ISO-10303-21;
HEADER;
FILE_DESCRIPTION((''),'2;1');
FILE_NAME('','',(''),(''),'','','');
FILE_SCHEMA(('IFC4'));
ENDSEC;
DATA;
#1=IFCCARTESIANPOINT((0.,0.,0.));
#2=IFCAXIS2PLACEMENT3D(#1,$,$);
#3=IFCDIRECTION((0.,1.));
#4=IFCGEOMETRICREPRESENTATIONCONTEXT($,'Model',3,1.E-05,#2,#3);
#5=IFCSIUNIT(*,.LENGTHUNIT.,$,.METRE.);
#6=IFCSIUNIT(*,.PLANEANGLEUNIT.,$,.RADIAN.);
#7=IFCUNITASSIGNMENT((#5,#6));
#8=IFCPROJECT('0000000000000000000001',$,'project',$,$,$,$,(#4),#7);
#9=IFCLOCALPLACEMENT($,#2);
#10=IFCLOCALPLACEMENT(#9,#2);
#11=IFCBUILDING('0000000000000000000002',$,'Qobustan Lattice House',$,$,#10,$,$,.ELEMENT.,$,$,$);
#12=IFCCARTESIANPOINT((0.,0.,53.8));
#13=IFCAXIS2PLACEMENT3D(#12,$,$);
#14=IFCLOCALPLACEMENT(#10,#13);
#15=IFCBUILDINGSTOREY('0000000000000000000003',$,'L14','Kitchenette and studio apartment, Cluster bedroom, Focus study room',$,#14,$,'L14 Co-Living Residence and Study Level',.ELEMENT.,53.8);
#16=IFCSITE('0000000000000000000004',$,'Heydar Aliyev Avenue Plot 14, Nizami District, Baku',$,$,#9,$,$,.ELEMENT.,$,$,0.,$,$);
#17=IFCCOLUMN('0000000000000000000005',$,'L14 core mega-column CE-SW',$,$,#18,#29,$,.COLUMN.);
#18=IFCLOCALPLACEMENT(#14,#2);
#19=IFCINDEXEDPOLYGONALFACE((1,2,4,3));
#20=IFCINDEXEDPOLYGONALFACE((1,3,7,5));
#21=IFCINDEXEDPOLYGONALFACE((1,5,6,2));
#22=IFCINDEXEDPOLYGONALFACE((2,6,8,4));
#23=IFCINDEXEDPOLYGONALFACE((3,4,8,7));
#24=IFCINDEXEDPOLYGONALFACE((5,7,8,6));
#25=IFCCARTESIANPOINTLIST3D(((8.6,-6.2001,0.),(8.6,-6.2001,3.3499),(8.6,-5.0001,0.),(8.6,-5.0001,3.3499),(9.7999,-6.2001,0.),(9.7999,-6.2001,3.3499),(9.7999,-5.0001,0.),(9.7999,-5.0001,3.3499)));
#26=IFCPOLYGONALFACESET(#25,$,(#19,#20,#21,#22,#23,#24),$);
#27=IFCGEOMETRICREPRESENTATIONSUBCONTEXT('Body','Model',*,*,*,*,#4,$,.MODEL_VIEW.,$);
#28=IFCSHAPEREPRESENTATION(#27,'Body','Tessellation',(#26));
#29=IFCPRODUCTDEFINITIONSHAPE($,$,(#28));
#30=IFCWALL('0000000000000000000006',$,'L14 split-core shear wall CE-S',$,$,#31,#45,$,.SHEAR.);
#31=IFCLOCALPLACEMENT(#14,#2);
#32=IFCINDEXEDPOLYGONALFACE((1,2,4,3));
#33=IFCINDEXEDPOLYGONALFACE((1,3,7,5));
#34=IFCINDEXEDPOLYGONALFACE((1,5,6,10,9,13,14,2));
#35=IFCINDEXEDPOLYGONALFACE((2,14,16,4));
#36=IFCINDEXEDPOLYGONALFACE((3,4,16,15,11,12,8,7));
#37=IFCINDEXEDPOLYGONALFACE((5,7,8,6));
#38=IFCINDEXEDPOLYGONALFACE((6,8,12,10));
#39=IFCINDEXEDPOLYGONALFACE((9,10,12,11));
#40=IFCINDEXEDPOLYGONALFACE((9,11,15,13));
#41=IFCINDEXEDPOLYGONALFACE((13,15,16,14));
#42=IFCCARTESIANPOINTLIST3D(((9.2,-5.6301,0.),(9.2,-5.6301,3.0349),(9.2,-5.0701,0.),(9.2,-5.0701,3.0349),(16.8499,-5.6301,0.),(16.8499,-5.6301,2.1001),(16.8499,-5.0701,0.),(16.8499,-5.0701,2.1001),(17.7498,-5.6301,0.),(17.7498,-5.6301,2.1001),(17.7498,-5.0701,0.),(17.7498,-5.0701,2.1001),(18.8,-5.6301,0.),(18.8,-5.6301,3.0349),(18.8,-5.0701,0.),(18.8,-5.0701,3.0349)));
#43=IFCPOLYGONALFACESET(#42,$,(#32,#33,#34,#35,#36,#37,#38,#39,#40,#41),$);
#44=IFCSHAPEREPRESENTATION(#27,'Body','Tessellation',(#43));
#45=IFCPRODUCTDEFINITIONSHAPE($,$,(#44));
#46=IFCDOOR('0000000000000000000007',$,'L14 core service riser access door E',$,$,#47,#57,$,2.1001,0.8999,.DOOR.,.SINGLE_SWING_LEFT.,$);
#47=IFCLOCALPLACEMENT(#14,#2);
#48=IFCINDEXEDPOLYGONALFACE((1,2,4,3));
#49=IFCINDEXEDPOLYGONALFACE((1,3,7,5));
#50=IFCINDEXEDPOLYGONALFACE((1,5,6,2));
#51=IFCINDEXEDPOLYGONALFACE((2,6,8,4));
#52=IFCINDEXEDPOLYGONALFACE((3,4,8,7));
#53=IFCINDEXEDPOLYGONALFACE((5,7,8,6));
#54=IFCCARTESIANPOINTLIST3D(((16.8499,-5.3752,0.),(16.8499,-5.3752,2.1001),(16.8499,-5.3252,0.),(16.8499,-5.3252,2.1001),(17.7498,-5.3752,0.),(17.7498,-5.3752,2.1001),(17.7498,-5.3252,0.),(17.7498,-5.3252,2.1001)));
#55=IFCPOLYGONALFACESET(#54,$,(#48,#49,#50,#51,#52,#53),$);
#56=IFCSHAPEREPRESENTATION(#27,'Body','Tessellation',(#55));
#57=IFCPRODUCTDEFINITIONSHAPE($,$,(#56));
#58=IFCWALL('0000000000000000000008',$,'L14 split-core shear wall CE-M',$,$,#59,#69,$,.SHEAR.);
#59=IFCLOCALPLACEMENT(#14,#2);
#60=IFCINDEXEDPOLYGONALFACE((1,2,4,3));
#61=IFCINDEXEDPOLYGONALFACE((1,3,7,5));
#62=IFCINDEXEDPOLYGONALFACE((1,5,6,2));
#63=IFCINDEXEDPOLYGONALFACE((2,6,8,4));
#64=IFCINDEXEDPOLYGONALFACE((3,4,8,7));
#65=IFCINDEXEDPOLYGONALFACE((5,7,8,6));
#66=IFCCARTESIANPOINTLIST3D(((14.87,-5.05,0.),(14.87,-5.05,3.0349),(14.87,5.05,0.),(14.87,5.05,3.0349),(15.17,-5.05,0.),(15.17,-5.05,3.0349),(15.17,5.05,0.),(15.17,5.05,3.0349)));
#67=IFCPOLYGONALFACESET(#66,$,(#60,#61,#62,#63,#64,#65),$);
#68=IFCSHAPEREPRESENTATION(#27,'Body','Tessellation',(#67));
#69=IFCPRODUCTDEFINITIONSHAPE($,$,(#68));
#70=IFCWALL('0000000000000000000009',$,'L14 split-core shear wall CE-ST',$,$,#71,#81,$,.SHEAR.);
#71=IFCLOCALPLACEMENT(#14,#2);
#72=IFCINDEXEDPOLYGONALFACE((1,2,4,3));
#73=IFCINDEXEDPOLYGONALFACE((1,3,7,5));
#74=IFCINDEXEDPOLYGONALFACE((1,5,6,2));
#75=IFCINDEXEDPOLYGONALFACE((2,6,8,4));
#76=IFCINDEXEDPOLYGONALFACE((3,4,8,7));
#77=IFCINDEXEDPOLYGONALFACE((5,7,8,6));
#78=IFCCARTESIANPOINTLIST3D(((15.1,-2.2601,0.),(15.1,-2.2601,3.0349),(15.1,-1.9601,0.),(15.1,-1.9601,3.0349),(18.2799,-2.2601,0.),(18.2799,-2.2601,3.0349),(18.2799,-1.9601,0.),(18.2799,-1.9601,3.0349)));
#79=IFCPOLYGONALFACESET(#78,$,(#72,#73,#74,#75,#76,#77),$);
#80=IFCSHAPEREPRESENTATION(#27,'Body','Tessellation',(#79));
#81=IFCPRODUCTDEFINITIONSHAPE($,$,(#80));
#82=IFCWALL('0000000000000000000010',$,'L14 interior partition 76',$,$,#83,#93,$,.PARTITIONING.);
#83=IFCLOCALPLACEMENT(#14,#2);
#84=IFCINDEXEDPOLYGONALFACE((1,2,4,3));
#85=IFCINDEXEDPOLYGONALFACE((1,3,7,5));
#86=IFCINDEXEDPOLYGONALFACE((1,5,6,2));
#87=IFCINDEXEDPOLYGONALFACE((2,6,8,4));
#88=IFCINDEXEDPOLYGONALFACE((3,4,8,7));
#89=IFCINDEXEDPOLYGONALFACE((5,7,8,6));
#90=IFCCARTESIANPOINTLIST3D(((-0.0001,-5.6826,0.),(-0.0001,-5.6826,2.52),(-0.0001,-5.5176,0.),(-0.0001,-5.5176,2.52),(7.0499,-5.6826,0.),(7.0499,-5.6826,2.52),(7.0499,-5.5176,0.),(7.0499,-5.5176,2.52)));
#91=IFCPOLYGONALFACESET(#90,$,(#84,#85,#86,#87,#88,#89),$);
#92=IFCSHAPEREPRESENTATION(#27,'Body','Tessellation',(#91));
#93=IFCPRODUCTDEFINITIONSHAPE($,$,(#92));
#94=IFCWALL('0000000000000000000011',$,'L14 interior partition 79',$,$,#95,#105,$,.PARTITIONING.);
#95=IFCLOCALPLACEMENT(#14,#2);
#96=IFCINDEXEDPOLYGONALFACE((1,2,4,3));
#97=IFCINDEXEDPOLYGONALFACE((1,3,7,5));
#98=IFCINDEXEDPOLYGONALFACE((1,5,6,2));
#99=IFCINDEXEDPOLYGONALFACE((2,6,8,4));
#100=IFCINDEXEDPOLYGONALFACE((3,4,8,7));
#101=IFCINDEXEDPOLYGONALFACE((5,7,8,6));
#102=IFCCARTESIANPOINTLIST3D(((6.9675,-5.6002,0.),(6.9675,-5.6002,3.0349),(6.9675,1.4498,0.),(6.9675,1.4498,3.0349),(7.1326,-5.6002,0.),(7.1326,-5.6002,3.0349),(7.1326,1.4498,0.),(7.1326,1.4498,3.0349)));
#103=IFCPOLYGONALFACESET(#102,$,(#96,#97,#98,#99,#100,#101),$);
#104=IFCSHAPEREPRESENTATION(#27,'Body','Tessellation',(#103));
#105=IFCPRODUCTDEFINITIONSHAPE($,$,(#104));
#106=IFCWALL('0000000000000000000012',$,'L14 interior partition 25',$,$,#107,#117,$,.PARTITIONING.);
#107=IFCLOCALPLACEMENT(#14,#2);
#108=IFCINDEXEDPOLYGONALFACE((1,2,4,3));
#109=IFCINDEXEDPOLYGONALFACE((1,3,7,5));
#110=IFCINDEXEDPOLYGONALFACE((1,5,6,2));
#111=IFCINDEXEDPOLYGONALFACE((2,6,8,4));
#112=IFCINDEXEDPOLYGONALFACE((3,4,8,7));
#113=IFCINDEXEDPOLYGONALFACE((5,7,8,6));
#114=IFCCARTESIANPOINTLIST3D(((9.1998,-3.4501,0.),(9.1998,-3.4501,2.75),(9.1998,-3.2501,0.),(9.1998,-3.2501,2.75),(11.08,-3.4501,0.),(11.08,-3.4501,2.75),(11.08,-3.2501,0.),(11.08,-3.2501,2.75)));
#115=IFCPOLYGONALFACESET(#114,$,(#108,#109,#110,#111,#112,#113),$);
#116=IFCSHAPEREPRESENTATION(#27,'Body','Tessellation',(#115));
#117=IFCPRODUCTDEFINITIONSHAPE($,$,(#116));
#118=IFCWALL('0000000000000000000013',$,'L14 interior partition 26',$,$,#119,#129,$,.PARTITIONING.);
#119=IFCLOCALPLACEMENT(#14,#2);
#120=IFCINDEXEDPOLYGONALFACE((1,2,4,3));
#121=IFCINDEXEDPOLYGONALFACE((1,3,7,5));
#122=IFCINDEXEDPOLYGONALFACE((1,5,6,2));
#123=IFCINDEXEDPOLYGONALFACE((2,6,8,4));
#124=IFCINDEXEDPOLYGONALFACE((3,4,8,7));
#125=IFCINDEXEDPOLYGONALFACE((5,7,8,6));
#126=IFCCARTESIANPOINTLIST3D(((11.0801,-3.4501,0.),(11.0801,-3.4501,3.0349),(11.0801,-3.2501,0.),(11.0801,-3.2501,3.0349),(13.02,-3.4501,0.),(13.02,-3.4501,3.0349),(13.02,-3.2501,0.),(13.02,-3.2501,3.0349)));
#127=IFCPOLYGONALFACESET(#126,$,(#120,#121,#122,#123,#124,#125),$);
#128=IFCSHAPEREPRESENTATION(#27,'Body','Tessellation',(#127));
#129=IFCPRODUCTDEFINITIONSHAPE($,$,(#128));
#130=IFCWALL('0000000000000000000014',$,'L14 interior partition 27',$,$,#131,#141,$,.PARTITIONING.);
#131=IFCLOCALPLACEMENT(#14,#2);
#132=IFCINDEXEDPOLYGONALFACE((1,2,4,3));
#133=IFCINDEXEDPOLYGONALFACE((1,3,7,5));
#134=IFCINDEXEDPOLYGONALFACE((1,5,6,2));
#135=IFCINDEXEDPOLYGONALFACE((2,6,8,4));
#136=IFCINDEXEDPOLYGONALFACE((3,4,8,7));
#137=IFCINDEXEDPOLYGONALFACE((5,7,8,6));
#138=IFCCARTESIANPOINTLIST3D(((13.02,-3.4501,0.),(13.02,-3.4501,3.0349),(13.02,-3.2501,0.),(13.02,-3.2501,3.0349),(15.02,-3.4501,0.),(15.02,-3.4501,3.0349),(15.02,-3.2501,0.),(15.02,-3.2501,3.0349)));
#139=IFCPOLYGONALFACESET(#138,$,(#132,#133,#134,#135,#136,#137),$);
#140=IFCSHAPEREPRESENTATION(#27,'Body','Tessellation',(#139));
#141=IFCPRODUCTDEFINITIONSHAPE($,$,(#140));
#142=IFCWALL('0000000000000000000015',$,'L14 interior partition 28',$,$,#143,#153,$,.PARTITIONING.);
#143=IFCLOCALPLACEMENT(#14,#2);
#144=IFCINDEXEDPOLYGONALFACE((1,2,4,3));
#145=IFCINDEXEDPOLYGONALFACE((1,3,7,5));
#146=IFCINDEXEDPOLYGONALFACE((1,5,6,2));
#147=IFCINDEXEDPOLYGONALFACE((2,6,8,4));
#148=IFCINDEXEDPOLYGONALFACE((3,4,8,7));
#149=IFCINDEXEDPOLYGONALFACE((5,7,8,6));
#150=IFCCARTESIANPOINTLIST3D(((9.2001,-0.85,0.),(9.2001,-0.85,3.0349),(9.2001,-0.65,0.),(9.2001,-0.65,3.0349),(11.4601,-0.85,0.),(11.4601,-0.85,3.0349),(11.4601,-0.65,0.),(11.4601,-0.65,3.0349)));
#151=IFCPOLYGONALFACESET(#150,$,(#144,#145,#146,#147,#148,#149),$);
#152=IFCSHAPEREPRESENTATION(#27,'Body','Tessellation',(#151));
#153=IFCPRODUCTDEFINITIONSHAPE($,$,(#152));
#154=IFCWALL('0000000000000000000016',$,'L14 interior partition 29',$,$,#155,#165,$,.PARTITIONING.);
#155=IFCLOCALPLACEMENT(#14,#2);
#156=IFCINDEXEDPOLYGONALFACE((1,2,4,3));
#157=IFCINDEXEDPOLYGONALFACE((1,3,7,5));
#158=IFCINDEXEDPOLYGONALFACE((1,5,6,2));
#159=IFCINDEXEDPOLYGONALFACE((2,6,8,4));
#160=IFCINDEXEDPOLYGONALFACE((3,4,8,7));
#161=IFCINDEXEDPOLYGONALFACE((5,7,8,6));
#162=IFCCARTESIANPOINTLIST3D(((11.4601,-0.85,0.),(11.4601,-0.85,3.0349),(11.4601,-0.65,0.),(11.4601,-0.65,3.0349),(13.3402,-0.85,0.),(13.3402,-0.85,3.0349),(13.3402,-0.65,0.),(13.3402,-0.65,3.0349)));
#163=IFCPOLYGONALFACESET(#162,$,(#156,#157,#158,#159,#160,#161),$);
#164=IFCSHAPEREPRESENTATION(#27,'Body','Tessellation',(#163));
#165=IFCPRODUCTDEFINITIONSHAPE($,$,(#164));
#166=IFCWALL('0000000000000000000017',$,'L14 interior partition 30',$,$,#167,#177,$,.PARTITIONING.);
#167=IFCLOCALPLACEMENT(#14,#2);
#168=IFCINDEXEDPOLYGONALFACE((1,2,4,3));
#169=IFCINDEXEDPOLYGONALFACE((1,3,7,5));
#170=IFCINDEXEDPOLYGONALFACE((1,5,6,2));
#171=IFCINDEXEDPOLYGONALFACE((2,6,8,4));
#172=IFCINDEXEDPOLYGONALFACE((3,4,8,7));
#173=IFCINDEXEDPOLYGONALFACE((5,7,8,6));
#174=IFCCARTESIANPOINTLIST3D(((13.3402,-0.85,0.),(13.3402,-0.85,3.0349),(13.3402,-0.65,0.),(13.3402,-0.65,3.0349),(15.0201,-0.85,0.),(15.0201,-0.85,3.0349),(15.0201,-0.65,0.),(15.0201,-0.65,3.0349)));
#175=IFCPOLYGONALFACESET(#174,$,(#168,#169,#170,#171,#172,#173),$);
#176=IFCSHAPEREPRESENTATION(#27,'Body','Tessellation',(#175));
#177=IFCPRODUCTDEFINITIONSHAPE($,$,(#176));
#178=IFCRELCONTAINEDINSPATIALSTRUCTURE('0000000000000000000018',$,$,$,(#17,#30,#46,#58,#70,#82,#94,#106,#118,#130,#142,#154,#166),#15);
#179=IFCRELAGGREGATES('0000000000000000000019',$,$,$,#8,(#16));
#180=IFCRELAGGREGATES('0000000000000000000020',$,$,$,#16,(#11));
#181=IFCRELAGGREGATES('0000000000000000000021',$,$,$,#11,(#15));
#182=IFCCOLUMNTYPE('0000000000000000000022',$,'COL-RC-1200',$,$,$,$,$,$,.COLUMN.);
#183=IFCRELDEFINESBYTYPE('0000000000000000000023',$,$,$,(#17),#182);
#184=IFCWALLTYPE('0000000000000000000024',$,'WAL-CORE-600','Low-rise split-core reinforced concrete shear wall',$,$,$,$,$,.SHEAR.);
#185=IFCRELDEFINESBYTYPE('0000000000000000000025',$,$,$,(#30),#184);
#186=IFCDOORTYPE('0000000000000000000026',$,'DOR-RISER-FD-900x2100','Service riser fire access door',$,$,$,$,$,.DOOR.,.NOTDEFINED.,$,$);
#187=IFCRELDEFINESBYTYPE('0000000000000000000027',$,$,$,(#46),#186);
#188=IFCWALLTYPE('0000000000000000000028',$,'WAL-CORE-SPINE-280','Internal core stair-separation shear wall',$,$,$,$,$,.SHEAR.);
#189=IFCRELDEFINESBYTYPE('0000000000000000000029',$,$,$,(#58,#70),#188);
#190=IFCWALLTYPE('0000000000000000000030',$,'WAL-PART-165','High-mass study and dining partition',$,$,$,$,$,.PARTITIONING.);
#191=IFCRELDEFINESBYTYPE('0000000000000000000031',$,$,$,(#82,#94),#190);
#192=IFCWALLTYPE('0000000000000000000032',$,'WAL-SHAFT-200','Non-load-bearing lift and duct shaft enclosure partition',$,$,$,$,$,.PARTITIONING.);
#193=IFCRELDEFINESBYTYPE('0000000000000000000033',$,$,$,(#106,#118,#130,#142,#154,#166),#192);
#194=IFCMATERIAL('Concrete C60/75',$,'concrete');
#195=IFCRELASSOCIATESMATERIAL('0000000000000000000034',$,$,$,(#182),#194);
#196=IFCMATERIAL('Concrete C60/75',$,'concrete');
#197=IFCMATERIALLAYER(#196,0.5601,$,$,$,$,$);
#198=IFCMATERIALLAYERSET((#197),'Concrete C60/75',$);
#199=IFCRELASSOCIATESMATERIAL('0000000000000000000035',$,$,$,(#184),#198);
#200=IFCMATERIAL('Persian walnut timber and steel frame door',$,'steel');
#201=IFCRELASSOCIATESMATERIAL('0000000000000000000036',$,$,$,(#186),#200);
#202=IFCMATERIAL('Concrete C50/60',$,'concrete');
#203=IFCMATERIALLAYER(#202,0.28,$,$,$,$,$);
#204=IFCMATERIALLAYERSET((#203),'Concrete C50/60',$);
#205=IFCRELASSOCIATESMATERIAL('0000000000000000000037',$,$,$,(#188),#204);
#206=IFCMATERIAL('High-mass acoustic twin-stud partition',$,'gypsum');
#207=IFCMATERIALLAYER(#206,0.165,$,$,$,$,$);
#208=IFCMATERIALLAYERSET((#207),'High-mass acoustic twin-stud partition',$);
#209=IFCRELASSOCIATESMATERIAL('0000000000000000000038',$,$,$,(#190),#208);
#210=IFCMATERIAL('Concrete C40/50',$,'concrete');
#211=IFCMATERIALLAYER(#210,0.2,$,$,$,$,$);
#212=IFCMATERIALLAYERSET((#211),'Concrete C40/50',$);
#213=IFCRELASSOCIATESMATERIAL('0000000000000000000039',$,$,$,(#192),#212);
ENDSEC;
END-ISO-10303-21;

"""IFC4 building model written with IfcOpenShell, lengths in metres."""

from ifc_helpers import new_model, si_unit, direction, frame, frame_2d, origin, origin_2d, place, context, subcontext, project, spatial, rectangle, extrude, material, layer, layer_set, material_profile, profile_set, type_object, element, fill, save


model = new_model("IFC4")

# Units and contexts
model_context = context("Model", 3, precision=1e-05, world=origin(), true_north=direction((0.0, 1.0)))
body_context = subcontext(model_context, "Body", "Model", "MODEL_VIEW")
ifc_project = project(units=[si_unit("LENGTHUNIT", "METRE"), si_unit("PLANEANGLEUNIT", "RADIAN")], contexts=[model_context])

# Site, building, storey
site_placement = place(None, origin())
site = spatial("IfcSite", under=ifc_project, at=site_placement, Name="Heydar Aliyev Avenue Plot 14, Nizami District, Baku", CompositionType="ELEMENT", RefElevation=0.0)
building_placement = place(site_placement, origin())
building = spatial("IfcBuilding", under=site, at=building_placement, Name="Qobustan Lattice House", CompositionType="ELEMENT")
storey_placement = place(building_placement, frame((0.0, 0.0, 53.8)))
storey = spatial("IfcBuildingStorey", under=building, at=storey_placement, Name="L14", Description="Kitchenette and studio apartment, Cluster bedroom, Focus study room", LongName="L14 Co-Living Residence and Study Level", CompositionType="ELEMENT", Elevation=53.8)

# Column
ifc_material_1 = material(Name="Concrete C60/75", Category="concrete")
ifc_material_profile = material_profile(ifc_material_1, rectangle(XDim=1.2, YDim=1.2, at=origin_2d()), Name="RC1200x1200")
ifc_profile_set = profile_set([ifc_material_profile], Name="Concrete C60/75")
column_type = type_object("IfcColumnType", Name="COL-RC-1200", PredefinedType="COLUMN", material=ifc_profile_set)
column_placement = place(storey_placement, frame((9.2, -5.6001, 0.0), z_axis=(0.0, 0.0, 1.0), x_axis=(1.0, 0.0, 0.0)))
element("IfcColumn", 1, at=column_placement, inside=storey, type_object=column_type, Name="L14 core mega-column CE-SW", PredefinedType="COLUMN", context=body_context, shape_type="SweptSolid", body=[
    extrude(rectangle(XDim=1.2, YDim=1.2, at=origin_2d()), origin(), (0.0, 0.0, 1.0), 3.3499),
])

# Wall, opening, door
ifc_material_2 = material(Name="Concrete C60/75", Category="concrete")
ifc_layer_1 = layer(ifc_material_2, 0.5601)
ifc_layer_set_1 = layer_set([ifc_layer_1], Name="Concrete C60/75")
wall_type_1 = type_object("IfcWallType", Name="WAL-CORE-600", Description="Low-rise split-core reinforced concrete shear wall", PredefinedType="SHEAR", material=ifc_layer_set_1)
wall_1_placement = place(storey_placement, frame((9.2, -5.3501, 0.0), z_axis=(0.0, 0.0, 1.0), x_axis=(1.0, 0.0, 0.0)))
wall_1 = element("IfcWall", 2, at=wall_1_placement, inside=storey, type_object=wall_type_1, Name="L14 split-core shear wall CE-S", PredefinedType="SHEAR", context=body_context, shape_type="SweptSolid", body=[
    extrude(rectangle(XDim=9.6001, YDim=0.5601, at=frame_2d((4.8, 0.0))), origin(), (0.0, 0.0, 1.0), 3.0349),
])
opening_1_placement = place(wall_1_placement, frame((7.6499, 0.0, 0.0)))
opening_1 = element("IfcOpeningElement", 3, at=opening_1_placement, cuts=wall_1, PredefinedType="OPENING", context=body_context, shape_type="SweptSolid", body=[
    extrude(rectangle(XDim=0.8999, YDim=2.1001, at=frame_2d((0.45, 1.05))), frame((0.0, 0.29, 0.0), z_axis=(0.0, -1.0, 0.0), x_axis=(1.0, 0.0, 0.0)), (0.0, 0.0, 1.0), 0.5801),
])
ifc_material_3 = material(Name="Persian walnut timber and steel frame door", Category="steel")
door_type_1 = type_object("IfcDoorType", Name="DOR-RISER-FD-900x2100", Description="Service riser fire access door", OperationType="NOTDEFINED", PredefinedType="DOOR", material=ifc_material_3)
door_1_placement = place(opening_1_placement, origin())
door_1 = element("IfcDoor", 4, at=door_1_placement, inside=storey, type_object=door_type_1, Name="L14 core service riser access door E", OperationType="SINGLE_SWING_LEFT", OverallHeight=2.1001, OverallWidth=0.8999, PredefinedType="DOOR", context=body_context, shape_type="SweptSolid", body=[
    extrude(rectangle(XDim=0.8999, YDim=2.1001, at=frame_2d((0.45, 1.05))), frame((0.0, 0.0249, 0.0), z_axis=(0.0, -1.0, 0.0), x_axis=(1.0, 0.0, 0.0)), (0.0, 0.0, 1.0), 0.05),
])
fill(opening_1, door_1)

# Walls
ifc_material_4 = material(Name="Concrete C50/60", Category="concrete")
ifc_layer_2 = layer(ifc_material_4, 0.28)
ifc_layer_set_2 = layer_set([ifc_layer_2], Name="Concrete C50/60")
wall_type_2 = type_object("IfcWallType", Name="WAL-CORE-SPINE-280", Description="Internal core stair-separation shear wall", PredefinedType="SHEAR", material=ifc_layer_set_2)
wall_2_placement = place(storey_placement, frame((15.02, -5.05, 0.0), z_axis=(0.0, 0.0, 1.0), x_axis=(0.0, 1.0, 0.0)))
element("IfcWall", 5, at=wall_2_placement, inside=storey, type_object=wall_type_2, Name="L14 split-core shear wall CE-M", PredefinedType="SHEAR", context=body_context, shape_type="SweptSolid", body=[
    extrude(rectangle(XDim=10.1001, YDim=0.3, at=frame_2d((5.05, 0.0))), origin(), (0.0, 0.0, 1.0), 3.0349),
])
wall_3_placement = place(storey_placement, frame((15.1001, -2.1101, 0.0), z_axis=(0.0, 0.0, 1.0), x_axis=(1.0, 0.0, 0.0)))
element("IfcWall", 6, at=wall_3_placement, inside=storey, type_object=wall_type_2, Name="L14 split-core shear wall CE-ST", PredefinedType="SHEAR", context=body_context, shape_type="SweptSolid", body=[
    extrude(rectangle(XDim=3.1799, YDim=0.3, at=frame_2d((1.5898, 0.0))), origin(), (0.0, 0.0, 1.0), 3.0349),
])
ifc_material_5 = material(Name="High-mass acoustic twin-stud partition", Category="gypsum")
ifc_layer_3 = layer(ifc_material_5, 0.165)
ifc_layer_set_3 = layer_set([ifc_layer_3], Name="High-mass acoustic twin-stud partition")
wall_type_3 = type_object("IfcWallType", Name="WAL-PART-165", Description="High-mass study and dining partition", PredefinedType="PARTITIONING", material=ifc_layer_set_3)
wall_4_placement = place(storey_placement, frame((0.0, -5.6001, 0.0), z_axis=(0.0, 0.0, 1.0), x_axis=(1.0, 0.0, 0.0)))
element("IfcWall", 7, at=wall_4_placement, inside=storey, type_object=wall_type_3, Name="L14 interior partition 76", PredefinedType="PARTITIONING", context=body_context, shape_type="SweptSolid", body=[
    extrude(rectangle(XDim=7.05, YDim=0.165, at=frame_2d((3.5249, 0.0))), origin(), (0.0, 0.0, 1.0), 2.52),
])
wall_5_placement = place(storey_placement, frame((7.05, -5.6001, 0.0), z_axis=(0.0, 0.0, 1.0), x_axis=(0.0, 1.0, 0.0)))
element("IfcWall", 8, at=wall_5_placement, inside=storey, type_object=wall_type_3, Name="L14 interior partition 79", PredefinedType="PARTITIONING", context=body_context, shape_type="SweptSolid", body=[
    extrude(rectangle(XDim=7.05, YDim=0.165, at=frame_2d((3.5249, 0.0))), origin(), (0.0, 0.0, 1.0), 3.0349),
])
ifc_material_6 = material(Name="Concrete C40/50", Category="concrete")
ifc_layer_4 = layer(ifc_material_6, 0.2)
ifc_layer_set_4 = layer_set([ifc_layer_4], Name="Concrete C40/50")
wall_type_4 = type_object("IfcWallType", Name="WAL-SHAFT-200", Description="Non-load-bearing lift and duct shaft enclosure partition", PredefinedType="PARTITIONING", material=ifc_layer_set_4)
wall_6_placement = place(storey_placement, frame((9.2, -3.3501, 0.0), z_axis=(0.0, 0.0, 1.0), x_axis=(1.0, 0.0, 0.0)))
element("IfcWall", 9, at=wall_6_placement, inside=storey, type_object=wall_type_4, Name="L14 interior partition 25", PredefinedType="PARTITIONING", context=body_context, shape_type="SweptSolid", body=[
    extrude(rectangle(XDim=1.8801, YDim=0.2, at=frame_2d((0.9399, 0.0))), origin(), (0.0, 0.0, 1.0), 2.75),
])
wall_7_placement = place(storey_placement, frame((11.0801, -3.3501, 0.0), z_axis=(0.0, 0.0, 1.0), x_axis=(1.0, 0.0, 0.0)))
element("IfcWall", 10, at=wall_7_placement, inside=storey, type_object=wall_type_4, Name="L14 interior partition 26", PredefinedType="PARTITIONING", context=body_context, shape_type="SweptSolid", body=[
    extrude(rectangle(XDim=1.9399, YDim=0.2, at=frame_2d((0.97, 0.0))), origin(), (0.0, 0.0, 1.0), 3.0349),
])
wall_8_placement = place(storey_placement, frame((13.02, -3.3501, 0.0), z_axis=(0.0, 0.0, 1.0), x_axis=(1.0, 0.0, 0.0)))
element("IfcWall", 11, at=wall_8_placement, inside=storey, type_object=wall_type_4, Name="L14 interior partition 27", PredefinedType="PARTITIONING", context=body_context, shape_type="SweptSolid", body=[
    extrude(rectangle(XDim=2.0, YDim=0.2, at=frame_2d((1.0, 0.0))), origin(), (0.0, 0.0, 1.0), 3.0349),
])
wall_9_placement = place(storey_placement, frame((11.46, -0.75, 0.0), z_axis=(0.0, 0.0, 1.0), x_axis=(-1.0, 0.0, 0.0)))
element("IfcWall", 12, at=wall_9_placement, inside=storey, type_object=wall_type_4, Name="L14 interior partition 28", PredefinedType="PARTITIONING", context=body_context, shape_type="SweptSolid", body=[
    extrude(rectangle(XDim=2.26, YDim=0.2, at=frame_2d((1.1299, 0.0))), origin(), (0.0, 0.0, 1.0), 3.0349),
])
wall_10_placement = place(storey_placement, frame((13.3401, -0.75, 0.0), z_axis=(0.0, 0.0, 1.0), x_axis=(-1.0, 0.0, 0.0)))
element("IfcWall", 13, at=wall_10_placement, inside=storey, type_object=wall_type_4, Name="L14 interior partition 29", PredefinedType="PARTITIONING", context=body_context, shape_type="SweptSolid", body=[
    extrude(rectangle(XDim=1.8801, YDim=0.2, at=frame_2d((0.9399, 0.0))), origin(), (0.0, 0.0, 1.0), 3.0349),
])
wall_11_placement = place(storey_placement, frame((15.02, -0.75, 0.0), z_axis=(0.0, 0.0, 1.0), x_axis=(-1.0, 0.0, 0.0)))
element("IfcWall", 14, at=wall_11_placement, inside=storey, type_object=wall_type_4, Name="L14 interior partition 30", PredefinedType="PARTITIONING", context=body_context, shape_type="SweptSolid", body=[
    extrude(rectangle(XDim=1.6799, YDim=0.2, at=frame_2d((0.8398, 0.0))), origin(), (0.0, 0.0, 1.0), 3.0349),
])

save(model, "model.ifc")
